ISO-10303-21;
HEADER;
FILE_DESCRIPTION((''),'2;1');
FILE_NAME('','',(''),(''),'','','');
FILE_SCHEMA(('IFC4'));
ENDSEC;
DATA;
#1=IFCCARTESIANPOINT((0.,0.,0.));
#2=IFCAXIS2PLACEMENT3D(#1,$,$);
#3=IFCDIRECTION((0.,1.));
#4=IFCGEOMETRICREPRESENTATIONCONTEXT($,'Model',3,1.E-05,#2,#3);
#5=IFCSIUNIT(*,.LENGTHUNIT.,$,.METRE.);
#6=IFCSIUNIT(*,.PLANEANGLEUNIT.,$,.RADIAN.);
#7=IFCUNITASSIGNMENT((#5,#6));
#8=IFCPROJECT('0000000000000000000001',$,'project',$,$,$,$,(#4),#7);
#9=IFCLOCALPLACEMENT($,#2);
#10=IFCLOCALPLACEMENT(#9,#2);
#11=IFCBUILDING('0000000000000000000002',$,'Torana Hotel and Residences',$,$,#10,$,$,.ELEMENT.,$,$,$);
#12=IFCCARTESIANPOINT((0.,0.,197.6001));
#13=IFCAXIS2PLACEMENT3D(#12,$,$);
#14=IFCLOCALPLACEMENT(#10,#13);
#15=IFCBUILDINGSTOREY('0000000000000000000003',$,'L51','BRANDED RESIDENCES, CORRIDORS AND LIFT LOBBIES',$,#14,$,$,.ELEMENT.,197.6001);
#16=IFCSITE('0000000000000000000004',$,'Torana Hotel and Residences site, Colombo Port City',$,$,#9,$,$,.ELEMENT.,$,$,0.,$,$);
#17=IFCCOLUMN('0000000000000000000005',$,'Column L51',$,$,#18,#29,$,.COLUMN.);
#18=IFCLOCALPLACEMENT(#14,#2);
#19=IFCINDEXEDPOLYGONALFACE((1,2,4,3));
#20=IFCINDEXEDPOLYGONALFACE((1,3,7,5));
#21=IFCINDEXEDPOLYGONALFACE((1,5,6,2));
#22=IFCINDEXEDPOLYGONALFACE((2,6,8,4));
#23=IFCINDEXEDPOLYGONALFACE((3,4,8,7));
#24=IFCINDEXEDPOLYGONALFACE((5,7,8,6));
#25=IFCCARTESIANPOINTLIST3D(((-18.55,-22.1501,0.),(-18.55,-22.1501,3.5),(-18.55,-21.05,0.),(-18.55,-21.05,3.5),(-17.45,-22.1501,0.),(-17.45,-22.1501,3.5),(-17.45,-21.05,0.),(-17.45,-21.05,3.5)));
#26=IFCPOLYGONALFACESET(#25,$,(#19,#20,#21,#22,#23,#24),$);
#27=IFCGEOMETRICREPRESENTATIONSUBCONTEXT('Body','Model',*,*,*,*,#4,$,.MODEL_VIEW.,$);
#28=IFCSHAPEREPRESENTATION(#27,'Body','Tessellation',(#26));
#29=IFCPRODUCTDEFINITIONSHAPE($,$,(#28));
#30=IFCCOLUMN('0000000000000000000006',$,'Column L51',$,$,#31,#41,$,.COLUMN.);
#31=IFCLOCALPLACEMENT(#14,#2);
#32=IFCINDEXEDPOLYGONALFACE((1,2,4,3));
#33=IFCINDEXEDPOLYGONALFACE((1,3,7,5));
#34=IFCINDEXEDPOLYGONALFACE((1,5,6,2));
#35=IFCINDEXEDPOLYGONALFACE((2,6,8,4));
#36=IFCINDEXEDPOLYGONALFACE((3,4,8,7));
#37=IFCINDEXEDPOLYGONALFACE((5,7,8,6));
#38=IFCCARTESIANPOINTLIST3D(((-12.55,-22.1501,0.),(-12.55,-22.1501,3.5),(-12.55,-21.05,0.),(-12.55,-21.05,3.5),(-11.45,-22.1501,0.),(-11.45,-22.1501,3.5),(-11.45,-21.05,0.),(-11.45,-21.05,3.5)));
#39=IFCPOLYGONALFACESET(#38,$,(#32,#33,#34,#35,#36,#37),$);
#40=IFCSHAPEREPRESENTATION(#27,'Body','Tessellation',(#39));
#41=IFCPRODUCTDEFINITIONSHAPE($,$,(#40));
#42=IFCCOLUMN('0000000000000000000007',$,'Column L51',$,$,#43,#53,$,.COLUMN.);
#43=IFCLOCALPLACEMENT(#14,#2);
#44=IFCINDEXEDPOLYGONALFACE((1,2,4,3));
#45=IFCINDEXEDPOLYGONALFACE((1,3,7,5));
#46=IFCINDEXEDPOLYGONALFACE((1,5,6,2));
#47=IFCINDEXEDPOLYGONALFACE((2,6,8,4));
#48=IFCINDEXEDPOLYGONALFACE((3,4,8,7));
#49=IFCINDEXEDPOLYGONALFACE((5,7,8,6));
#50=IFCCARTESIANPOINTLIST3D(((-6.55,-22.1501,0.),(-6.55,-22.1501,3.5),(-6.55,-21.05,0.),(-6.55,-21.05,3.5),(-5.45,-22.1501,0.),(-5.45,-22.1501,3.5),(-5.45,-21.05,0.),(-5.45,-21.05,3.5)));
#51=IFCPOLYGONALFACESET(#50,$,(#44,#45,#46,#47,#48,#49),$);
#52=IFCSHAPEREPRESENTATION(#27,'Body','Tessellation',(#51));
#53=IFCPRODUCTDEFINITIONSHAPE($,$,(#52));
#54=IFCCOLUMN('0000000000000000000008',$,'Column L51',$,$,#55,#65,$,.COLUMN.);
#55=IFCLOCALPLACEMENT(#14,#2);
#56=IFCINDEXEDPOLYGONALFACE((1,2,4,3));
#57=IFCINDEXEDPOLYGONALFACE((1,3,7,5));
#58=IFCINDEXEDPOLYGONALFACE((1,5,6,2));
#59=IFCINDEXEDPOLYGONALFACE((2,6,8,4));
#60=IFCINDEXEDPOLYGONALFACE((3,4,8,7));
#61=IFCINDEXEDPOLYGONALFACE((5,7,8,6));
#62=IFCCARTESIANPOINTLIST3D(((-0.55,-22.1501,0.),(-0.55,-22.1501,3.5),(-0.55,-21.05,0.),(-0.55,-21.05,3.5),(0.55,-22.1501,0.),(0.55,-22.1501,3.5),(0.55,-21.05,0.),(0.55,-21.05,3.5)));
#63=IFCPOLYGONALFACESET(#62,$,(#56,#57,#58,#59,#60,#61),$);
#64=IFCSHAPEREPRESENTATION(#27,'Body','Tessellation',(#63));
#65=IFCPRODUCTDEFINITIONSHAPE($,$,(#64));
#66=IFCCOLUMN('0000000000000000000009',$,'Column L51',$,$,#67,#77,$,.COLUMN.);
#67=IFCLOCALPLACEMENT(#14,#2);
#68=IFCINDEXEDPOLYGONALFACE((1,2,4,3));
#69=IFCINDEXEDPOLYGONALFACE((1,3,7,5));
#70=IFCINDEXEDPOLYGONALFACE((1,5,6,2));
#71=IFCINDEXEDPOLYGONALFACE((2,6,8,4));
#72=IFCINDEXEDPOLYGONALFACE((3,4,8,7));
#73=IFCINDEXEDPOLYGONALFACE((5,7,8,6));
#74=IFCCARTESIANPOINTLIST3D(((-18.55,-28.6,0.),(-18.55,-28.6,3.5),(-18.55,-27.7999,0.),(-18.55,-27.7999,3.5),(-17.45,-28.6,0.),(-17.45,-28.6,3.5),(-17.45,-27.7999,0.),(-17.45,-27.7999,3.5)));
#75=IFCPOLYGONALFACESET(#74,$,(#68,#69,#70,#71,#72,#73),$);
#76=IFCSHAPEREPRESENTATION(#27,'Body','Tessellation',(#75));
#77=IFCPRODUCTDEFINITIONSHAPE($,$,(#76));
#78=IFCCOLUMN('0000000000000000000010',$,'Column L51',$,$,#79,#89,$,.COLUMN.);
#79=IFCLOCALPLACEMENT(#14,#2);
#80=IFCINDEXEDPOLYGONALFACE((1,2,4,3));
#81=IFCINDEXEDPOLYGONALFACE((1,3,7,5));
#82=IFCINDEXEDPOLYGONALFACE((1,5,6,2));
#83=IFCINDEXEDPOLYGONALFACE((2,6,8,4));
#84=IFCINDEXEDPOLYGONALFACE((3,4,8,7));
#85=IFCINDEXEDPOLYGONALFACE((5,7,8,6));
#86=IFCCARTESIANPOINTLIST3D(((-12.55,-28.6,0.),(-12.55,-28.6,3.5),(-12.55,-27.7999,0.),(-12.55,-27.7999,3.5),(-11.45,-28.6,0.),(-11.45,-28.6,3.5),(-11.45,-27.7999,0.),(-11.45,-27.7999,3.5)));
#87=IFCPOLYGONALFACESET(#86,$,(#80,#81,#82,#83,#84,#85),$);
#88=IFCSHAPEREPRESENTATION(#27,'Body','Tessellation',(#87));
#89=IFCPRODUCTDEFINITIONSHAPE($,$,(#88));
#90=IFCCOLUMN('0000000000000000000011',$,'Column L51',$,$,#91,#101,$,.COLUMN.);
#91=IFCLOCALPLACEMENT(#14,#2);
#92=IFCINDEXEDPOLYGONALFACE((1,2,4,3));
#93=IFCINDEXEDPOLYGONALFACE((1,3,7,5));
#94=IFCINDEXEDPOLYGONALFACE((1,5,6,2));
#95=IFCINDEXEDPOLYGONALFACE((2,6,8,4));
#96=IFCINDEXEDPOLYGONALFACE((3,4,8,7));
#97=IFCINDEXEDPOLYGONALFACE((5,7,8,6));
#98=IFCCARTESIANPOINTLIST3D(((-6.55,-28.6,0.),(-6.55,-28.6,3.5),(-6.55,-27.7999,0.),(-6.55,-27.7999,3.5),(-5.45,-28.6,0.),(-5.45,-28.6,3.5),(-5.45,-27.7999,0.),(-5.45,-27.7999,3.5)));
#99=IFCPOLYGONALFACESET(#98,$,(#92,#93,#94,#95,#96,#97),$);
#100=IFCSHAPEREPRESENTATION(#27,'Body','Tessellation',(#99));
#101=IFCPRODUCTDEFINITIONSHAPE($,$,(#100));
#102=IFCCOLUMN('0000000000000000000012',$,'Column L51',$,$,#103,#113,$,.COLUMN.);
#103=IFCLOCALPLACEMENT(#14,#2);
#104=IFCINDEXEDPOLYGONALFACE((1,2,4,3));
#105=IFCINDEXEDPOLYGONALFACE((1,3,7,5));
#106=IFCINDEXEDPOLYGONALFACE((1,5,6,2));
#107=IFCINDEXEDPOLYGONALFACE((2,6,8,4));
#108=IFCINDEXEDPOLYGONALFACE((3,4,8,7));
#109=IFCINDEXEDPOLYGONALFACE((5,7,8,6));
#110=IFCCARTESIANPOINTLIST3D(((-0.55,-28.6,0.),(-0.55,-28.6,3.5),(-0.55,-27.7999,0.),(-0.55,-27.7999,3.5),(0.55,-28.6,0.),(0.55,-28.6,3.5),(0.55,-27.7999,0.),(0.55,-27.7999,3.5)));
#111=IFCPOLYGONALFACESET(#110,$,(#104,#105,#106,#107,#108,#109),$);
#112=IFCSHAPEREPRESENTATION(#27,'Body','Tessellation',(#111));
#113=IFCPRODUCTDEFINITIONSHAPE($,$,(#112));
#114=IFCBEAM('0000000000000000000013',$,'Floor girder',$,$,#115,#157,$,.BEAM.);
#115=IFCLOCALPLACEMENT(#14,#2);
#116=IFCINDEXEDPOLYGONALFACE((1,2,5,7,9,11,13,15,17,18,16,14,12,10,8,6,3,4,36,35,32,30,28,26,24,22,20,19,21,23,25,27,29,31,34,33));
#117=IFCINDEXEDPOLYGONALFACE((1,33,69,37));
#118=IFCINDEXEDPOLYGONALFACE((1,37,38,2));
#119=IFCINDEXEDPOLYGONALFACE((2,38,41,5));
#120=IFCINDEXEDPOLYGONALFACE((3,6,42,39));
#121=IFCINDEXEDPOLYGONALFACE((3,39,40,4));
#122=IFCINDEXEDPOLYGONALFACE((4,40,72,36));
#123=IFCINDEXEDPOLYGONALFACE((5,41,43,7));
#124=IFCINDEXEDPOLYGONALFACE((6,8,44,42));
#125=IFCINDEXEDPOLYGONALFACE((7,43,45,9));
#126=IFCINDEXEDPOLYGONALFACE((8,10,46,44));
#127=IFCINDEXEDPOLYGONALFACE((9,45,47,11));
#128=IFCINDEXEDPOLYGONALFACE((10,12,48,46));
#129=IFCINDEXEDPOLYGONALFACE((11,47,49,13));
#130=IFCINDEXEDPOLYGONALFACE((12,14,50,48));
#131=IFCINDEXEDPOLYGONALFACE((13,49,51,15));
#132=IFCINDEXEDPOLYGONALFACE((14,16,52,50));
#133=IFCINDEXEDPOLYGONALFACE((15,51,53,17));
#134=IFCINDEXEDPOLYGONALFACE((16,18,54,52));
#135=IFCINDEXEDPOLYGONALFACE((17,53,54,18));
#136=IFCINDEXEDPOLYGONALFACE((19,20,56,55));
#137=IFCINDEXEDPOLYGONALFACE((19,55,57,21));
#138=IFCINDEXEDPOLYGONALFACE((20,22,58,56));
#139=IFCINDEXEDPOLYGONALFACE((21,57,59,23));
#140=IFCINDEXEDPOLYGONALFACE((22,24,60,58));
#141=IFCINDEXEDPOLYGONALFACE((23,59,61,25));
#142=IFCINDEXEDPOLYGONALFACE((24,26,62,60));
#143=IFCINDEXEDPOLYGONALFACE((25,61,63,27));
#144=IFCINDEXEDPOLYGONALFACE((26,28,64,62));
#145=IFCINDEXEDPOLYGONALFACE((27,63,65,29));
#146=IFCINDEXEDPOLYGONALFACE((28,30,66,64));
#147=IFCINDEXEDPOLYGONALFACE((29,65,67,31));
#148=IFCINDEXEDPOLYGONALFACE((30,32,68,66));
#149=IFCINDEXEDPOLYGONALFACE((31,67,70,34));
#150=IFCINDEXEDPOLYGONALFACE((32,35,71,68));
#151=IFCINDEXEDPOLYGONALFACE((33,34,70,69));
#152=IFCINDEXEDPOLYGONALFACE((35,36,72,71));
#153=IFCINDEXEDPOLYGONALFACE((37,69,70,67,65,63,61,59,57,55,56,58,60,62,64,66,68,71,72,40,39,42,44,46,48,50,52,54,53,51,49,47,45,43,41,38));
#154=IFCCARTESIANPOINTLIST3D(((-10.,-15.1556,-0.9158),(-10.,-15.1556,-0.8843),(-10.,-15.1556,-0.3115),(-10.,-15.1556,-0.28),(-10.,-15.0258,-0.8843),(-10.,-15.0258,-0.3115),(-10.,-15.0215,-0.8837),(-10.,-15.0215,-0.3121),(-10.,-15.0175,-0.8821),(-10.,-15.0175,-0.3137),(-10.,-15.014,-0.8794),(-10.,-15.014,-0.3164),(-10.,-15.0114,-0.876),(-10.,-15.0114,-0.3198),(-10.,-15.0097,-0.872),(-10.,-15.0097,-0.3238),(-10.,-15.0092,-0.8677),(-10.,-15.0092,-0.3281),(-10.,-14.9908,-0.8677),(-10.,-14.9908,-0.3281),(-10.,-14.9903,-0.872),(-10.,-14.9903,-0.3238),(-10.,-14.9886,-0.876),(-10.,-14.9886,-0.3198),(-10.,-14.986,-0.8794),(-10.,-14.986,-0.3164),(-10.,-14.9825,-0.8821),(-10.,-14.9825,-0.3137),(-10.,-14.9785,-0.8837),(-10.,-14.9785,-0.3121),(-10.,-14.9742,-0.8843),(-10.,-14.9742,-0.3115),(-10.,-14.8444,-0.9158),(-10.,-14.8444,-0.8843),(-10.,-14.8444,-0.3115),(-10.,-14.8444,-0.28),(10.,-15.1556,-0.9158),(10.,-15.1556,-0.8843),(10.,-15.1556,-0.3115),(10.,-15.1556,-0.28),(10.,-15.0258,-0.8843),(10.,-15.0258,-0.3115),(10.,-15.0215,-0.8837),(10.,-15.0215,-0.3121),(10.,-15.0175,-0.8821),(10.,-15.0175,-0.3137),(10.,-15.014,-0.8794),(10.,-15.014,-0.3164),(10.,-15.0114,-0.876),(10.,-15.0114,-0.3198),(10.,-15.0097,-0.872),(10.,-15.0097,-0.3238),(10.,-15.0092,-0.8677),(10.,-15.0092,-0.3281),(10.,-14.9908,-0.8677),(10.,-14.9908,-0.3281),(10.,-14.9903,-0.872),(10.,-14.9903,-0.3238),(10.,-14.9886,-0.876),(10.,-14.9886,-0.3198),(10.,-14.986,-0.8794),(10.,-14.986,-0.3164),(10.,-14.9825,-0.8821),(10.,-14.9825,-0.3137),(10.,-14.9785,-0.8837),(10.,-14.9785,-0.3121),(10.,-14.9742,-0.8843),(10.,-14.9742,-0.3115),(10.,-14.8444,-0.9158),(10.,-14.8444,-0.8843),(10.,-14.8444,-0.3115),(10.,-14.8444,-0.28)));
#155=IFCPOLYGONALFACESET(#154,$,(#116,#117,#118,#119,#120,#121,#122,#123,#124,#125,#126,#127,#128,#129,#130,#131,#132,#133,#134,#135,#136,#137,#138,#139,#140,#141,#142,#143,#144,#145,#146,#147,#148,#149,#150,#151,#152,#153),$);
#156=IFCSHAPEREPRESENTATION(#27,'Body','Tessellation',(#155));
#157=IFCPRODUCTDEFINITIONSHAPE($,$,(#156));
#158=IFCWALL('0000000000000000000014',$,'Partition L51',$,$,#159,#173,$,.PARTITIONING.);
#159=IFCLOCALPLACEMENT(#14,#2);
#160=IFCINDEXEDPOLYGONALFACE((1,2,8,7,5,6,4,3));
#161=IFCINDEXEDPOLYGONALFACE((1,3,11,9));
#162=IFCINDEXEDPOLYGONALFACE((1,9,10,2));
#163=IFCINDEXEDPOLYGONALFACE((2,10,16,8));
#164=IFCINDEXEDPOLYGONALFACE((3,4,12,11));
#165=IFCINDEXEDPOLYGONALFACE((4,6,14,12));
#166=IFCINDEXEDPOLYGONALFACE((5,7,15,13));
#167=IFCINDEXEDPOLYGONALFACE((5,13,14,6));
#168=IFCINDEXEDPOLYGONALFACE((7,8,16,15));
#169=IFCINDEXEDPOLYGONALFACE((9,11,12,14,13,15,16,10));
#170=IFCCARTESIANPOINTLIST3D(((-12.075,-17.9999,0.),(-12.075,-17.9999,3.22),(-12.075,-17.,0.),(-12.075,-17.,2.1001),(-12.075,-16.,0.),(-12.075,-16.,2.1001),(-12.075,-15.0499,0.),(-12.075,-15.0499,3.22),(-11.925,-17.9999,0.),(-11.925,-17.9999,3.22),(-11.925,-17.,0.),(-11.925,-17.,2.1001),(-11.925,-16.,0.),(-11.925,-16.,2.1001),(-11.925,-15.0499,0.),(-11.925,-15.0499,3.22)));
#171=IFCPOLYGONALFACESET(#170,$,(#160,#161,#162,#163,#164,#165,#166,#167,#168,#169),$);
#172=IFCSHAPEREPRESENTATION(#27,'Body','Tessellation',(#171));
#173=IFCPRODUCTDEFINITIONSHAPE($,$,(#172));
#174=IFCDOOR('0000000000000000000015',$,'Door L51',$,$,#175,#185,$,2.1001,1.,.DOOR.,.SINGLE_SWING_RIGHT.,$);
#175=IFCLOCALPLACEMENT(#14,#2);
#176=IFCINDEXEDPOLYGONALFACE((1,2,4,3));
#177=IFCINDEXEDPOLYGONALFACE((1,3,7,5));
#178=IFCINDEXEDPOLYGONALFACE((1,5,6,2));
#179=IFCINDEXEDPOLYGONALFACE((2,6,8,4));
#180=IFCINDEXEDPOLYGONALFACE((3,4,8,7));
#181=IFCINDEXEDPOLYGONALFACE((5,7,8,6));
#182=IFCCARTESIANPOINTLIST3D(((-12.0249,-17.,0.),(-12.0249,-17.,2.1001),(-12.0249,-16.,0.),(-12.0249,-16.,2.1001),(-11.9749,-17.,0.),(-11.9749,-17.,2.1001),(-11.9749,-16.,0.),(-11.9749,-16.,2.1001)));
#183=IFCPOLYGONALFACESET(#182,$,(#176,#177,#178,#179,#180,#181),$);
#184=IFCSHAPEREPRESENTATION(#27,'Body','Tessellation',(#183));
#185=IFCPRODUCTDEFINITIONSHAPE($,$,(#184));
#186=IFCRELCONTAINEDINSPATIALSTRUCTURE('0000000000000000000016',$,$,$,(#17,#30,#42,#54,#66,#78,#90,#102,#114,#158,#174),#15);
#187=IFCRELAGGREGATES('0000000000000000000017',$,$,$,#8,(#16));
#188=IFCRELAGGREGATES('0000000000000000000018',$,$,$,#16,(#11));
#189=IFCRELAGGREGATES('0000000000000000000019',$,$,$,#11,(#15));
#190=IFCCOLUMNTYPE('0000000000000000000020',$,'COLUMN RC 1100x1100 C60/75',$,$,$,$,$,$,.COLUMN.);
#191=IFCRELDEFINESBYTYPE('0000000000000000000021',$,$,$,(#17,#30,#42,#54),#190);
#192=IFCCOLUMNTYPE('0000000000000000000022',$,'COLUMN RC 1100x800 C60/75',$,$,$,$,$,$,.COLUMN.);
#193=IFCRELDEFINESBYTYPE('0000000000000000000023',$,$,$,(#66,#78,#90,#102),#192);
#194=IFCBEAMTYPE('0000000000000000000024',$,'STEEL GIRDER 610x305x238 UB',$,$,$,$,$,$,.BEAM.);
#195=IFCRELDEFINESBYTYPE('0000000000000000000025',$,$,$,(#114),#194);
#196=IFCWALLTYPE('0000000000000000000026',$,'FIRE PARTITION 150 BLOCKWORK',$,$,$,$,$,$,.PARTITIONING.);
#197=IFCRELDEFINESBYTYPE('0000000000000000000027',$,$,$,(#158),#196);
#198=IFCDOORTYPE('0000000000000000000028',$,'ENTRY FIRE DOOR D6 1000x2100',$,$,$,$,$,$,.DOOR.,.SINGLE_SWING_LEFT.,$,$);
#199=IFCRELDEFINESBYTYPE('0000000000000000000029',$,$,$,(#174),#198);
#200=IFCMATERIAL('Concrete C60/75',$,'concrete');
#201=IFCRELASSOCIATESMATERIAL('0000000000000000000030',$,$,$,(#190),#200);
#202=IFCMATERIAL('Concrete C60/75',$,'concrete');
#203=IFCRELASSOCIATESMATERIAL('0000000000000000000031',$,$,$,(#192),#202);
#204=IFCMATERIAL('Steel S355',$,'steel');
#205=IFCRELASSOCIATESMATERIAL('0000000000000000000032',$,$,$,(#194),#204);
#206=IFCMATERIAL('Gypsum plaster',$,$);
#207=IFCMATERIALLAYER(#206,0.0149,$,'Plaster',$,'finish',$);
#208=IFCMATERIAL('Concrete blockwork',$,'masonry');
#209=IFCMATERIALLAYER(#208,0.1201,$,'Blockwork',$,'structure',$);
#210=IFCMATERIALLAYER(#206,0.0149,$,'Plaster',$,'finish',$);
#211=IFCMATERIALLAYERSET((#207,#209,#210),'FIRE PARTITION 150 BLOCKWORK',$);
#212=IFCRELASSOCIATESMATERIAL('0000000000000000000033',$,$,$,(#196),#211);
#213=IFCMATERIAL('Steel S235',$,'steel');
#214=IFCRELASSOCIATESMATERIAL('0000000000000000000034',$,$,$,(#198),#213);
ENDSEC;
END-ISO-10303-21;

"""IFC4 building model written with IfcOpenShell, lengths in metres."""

from ifc_helpers import new_model, si_unit, direction, frame, frame_2d, origin, origin_2d, place, context, subcontext, project, spatial, rectangle, i_section, extrude, material, layer, layer_set, material_profile, profile_set, type_object, element, fill, save


model = new_model("IFC4")

# Units and contexts
model_context = context("Model", 3, precision=1e-05, world=origin(), true_north=direction((0.0, 1.0)))
body_context = subcontext(model_context, "Body", "Model", "MODEL_VIEW")
ifc_project = project(units=[si_unit("LENGTHUNIT", "METRE"), si_unit("PLANEANGLEUNIT", "RADIAN")], contexts=[model_context])

# Site, building, storey
site_placement = place(None, origin())
site = spatial("IfcSite", under=ifc_project, at=site_placement, Name="Torana Hotel and Residences site, Colombo Port City", CompositionType="ELEMENT", RefElevation=0.0)
building_placement = place(site_placement, origin())
building = spatial("IfcBuilding", under=site, at=building_placement, Name="Torana Hotel and Residences", CompositionType="ELEMENT")
storey_placement = place(building_placement, frame((0.0, 0.0, 197.6001)))
storey = spatial("IfcBuildingStorey", under=building, at=storey_placement, Name="L51", Description="BRANDED RESIDENCES, CORRIDORS AND LIFT LOBBIES", CompositionType="ELEMENT", Elevation=197.6001)

# Columns
ifc_material_1 = material(Name="Concrete C60/75", Category="concrete")
ifc_material_profile_1 = material_profile(ifc_material_1, rectangle(XDim=1.1001, YDim=1.1001, at=origin_2d()), Name="RC 1100x1100")
ifc_profile_set_1 = profile_set([ifc_material_profile_1], Name="Concrete C60/75")
column_type_1 = type_object("IfcColumnType", Name="COLUMN RC 1100x1100 C60/75", PredefinedType="COLUMN", material=ifc_profile_set_1)
for number, where, z_axis, x_axis, name in (
    (1, (-18.0, -21.6001, 0.0), (0.0, 0.0, 1.0), (1.0, 0.0, 0.0), "Column L51"),
    (2, (-12.0, -21.6001, 0.0), (0.0, 0.0, 1.0), (1.0, 0.0, 0.0), "Column L51"),
    (3, (-6.0, -21.6001, 0.0), (0.0, 0.0, 1.0), (1.0, 0.0, 0.0), "Column L51"),
    (4, (0.0, -21.6001, 0.0), (0.0, 0.0, 1.0), (1.0, 0.0, 0.0), "Column L51"),
):
    element("IfcColumn", number, at=place(storey_placement, frame(where, z_axis=z_axis, x_axis=x_axis)), inside=storey, type_object=column_type_1, Name=name, PredefinedType="COLUMN", context=body_context, shape_type="SweptSolid", body=[
        extrude(rectangle(XDim=1.1001, YDim=1.1001, at=origin_2d()), origin(), (0.0, 0.0, 1.0), 3.5),
    ])
ifc_material_2 = material(Name="Concrete C60/75", Category="concrete")
ifc_material_profile_2 = material_profile(ifc_material_2, rectangle(XDim=1.1001, YDim=0.8, at=origin_2d()), Name="RC 1100x800")
ifc_profile_set_2 = profile_set([ifc_material_profile_2], Name="Concrete C60/75")
column_type_2 = type_object("IfcColumnType", Name="COLUMN RC 1100x800 C60/75", PredefinedType="COLUMN", material=ifc_profile_set_2)
for number, where, z_axis, x_axis, name in (
    (5, (-18.0, -28.2, 0.0), (0.0, 0.0, 1.0), (1.0, 0.0, 0.0), "Column L51"),
    (6, (-12.0, -28.2, 0.0), (0.0, 0.0, 1.0), (1.0, 0.0, 0.0), "Column L51"),
    (7, (-6.0, -28.2, 0.0), (0.0, 0.0, 1.0), (1.0, 0.0, 0.0), "Column L51"),
    (8, (0.0, -28.2, 0.0), (0.0, 0.0, 1.0), (1.0, 0.0, 0.0), "Column L51"),
):
    element("IfcColumn", number, at=place(storey_placement, frame(where, z_axis=z_axis, x_axis=x_axis)), inside=storey, type_object=column_type_2, Name=name, PredefinedType="COLUMN", context=body_context, shape_type="SweptSolid", body=[
        extrude(rectangle(XDim=1.1001, YDim=0.8, at=origin_2d()), origin(), (0.0, 0.0, 1.0), 3.5),
    ])

# Beam
ifc_material_3 = material(Name="Steel S355", Category="steel")
ifc_material_profile_3 = material_profile(ifc_material_3, i_section(OverallWidth=0.3113, OverallDepth=0.6357, WebThickness=0.0183, FlangeThickness=0.0315, FilletRadius=0.0166, at=origin_2d()), Name="610x305x238 UB")
ifc_profile_set_3 = profile_set([ifc_material_profile_3], Name="Steel S355")
beam_type = type_object("IfcBeamType", Name="STEEL GIRDER 610x305x238 UB", PredefinedType="BEAM", material=ifc_profile_set_3)
beam_placement = place(storey_placement, frame((-10.0, -15.0, -0.5979), z_axis=(1.0, 0.0, 0.0), x_axis=(0.0, 1.0, 0.0)))
element("IfcBeam", 9, at=beam_placement, inside=storey, type_object=beam_type, Name="Floor girder", PredefinedType="BEAM", context=body_context, shape_type="SweptSolid", body=[
    extrude(i_section(OverallWidth=0.3113, OverallDepth=0.6357, WebThickness=0.0183, FlangeThickness=0.0315, FilletRadius=0.0166, at=origin_2d()), origin(), (0.0, 0.0, 1.0), 20.0),
])

# Wall, opening, door
ifc_material_4 = material(Name="Gypsum plaster")
ifc_layer_1 = layer(ifc_material_4, 0.0149, Name="Plaster", Category="finish")
ifc_material_5 = material(Name="Concrete blockwork", Category="masonry")
ifc_layer_2 = layer(ifc_material_5, 0.1201, Name="Blockwork", Category="structure")
ifc_layer_3 = layer(ifc_material_4, 0.0149, Name="Plaster", Category="finish")
ifc_layer_set_1 = layer_set([ifc_layer_1, ifc_layer_2, ifc_layer_3], Name="FIRE PARTITION 150 BLOCKWORK")
wall_type_1 = type_object("IfcWallType", Name="FIRE PARTITION 150 BLOCKWORK", PredefinedType="PARTITIONING", material=ifc_layer_set_1)
wall_1_placement = place(storey_placement, frame((-12.0, -18.0, 0.0), z_axis=(0.0, 0.0, 1.0), x_axis=(0.0, 1.0, 0.0)))
wall_1 = element("IfcWall", 10, at=wall_1_placement, inside=storey, type_object=wall_type_1, Name="Partition L51", PredefinedType="PARTITIONING", context=body_context, shape_type="SweptSolid", body=[
    extrude(rectangle(XDim=2.95, YDim=0.1499, at=frame_2d((1.4751, 0.0))), origin(), (0.0, 0.0, 1.0), 3.22),
])
opening_1_placement = place(wall_1_placement, frame((1.0, 0.0, 0.0)))
opening_1 = element("IfcOpeningElement", 11, at=opening_1_placement, cuts=wall_1, PredefinedType="OPENING", context=body_context, shape_type="SweptSolid", body=[
    extrude(rectangle(XDim=1.0, YDim=2.1001, at=frame_2d((0.5, 1.05))), frame((0.0, 0.085, 0.0), z_axis=(0.0, -1.0, 0.0), x_axis=(1.0, 0.0, 0.0)), (0.0, 0.0, 1.0), 0.1699),
])
ifc_material_6 = material(Name="Steel S235", Category="steel")
door_type_1 = type_object("IfcDoorType", Name="ENTRY FIRE DOOR D6 1000x2100", OperationType="SINGLE_SWING_LEFT", PredefinedType="DOOR", material=ifc_material_6)
door_1_placement = place(opening_1_placement, origin())
door_1 = element("IfcDoor", 12, at=door_1_placement, inside=storey, type_object=door_type_1, Name="Door L51", OperationType="SINGLE_SWING_RIGHT", OverallHeight=2.1001, OverallWidth=1.0, PredefinedType="DOOR", context=body_context, shape_type="SweptSolid", body=[
    extrude(rectangle(XDim=1.0, YDim=2.1001, at=frame_2d((0.5, 1.05))), frame((0.0, 0.0249, 0.0), z_axis=(0.0, -1.0, 0.0), x_axis=(1.0, 0.0, 0.0)), (0.0, 0.0, 1.0), 0.05),
])
fill(opening_1, door_1)

save(model, "model.ifc")
